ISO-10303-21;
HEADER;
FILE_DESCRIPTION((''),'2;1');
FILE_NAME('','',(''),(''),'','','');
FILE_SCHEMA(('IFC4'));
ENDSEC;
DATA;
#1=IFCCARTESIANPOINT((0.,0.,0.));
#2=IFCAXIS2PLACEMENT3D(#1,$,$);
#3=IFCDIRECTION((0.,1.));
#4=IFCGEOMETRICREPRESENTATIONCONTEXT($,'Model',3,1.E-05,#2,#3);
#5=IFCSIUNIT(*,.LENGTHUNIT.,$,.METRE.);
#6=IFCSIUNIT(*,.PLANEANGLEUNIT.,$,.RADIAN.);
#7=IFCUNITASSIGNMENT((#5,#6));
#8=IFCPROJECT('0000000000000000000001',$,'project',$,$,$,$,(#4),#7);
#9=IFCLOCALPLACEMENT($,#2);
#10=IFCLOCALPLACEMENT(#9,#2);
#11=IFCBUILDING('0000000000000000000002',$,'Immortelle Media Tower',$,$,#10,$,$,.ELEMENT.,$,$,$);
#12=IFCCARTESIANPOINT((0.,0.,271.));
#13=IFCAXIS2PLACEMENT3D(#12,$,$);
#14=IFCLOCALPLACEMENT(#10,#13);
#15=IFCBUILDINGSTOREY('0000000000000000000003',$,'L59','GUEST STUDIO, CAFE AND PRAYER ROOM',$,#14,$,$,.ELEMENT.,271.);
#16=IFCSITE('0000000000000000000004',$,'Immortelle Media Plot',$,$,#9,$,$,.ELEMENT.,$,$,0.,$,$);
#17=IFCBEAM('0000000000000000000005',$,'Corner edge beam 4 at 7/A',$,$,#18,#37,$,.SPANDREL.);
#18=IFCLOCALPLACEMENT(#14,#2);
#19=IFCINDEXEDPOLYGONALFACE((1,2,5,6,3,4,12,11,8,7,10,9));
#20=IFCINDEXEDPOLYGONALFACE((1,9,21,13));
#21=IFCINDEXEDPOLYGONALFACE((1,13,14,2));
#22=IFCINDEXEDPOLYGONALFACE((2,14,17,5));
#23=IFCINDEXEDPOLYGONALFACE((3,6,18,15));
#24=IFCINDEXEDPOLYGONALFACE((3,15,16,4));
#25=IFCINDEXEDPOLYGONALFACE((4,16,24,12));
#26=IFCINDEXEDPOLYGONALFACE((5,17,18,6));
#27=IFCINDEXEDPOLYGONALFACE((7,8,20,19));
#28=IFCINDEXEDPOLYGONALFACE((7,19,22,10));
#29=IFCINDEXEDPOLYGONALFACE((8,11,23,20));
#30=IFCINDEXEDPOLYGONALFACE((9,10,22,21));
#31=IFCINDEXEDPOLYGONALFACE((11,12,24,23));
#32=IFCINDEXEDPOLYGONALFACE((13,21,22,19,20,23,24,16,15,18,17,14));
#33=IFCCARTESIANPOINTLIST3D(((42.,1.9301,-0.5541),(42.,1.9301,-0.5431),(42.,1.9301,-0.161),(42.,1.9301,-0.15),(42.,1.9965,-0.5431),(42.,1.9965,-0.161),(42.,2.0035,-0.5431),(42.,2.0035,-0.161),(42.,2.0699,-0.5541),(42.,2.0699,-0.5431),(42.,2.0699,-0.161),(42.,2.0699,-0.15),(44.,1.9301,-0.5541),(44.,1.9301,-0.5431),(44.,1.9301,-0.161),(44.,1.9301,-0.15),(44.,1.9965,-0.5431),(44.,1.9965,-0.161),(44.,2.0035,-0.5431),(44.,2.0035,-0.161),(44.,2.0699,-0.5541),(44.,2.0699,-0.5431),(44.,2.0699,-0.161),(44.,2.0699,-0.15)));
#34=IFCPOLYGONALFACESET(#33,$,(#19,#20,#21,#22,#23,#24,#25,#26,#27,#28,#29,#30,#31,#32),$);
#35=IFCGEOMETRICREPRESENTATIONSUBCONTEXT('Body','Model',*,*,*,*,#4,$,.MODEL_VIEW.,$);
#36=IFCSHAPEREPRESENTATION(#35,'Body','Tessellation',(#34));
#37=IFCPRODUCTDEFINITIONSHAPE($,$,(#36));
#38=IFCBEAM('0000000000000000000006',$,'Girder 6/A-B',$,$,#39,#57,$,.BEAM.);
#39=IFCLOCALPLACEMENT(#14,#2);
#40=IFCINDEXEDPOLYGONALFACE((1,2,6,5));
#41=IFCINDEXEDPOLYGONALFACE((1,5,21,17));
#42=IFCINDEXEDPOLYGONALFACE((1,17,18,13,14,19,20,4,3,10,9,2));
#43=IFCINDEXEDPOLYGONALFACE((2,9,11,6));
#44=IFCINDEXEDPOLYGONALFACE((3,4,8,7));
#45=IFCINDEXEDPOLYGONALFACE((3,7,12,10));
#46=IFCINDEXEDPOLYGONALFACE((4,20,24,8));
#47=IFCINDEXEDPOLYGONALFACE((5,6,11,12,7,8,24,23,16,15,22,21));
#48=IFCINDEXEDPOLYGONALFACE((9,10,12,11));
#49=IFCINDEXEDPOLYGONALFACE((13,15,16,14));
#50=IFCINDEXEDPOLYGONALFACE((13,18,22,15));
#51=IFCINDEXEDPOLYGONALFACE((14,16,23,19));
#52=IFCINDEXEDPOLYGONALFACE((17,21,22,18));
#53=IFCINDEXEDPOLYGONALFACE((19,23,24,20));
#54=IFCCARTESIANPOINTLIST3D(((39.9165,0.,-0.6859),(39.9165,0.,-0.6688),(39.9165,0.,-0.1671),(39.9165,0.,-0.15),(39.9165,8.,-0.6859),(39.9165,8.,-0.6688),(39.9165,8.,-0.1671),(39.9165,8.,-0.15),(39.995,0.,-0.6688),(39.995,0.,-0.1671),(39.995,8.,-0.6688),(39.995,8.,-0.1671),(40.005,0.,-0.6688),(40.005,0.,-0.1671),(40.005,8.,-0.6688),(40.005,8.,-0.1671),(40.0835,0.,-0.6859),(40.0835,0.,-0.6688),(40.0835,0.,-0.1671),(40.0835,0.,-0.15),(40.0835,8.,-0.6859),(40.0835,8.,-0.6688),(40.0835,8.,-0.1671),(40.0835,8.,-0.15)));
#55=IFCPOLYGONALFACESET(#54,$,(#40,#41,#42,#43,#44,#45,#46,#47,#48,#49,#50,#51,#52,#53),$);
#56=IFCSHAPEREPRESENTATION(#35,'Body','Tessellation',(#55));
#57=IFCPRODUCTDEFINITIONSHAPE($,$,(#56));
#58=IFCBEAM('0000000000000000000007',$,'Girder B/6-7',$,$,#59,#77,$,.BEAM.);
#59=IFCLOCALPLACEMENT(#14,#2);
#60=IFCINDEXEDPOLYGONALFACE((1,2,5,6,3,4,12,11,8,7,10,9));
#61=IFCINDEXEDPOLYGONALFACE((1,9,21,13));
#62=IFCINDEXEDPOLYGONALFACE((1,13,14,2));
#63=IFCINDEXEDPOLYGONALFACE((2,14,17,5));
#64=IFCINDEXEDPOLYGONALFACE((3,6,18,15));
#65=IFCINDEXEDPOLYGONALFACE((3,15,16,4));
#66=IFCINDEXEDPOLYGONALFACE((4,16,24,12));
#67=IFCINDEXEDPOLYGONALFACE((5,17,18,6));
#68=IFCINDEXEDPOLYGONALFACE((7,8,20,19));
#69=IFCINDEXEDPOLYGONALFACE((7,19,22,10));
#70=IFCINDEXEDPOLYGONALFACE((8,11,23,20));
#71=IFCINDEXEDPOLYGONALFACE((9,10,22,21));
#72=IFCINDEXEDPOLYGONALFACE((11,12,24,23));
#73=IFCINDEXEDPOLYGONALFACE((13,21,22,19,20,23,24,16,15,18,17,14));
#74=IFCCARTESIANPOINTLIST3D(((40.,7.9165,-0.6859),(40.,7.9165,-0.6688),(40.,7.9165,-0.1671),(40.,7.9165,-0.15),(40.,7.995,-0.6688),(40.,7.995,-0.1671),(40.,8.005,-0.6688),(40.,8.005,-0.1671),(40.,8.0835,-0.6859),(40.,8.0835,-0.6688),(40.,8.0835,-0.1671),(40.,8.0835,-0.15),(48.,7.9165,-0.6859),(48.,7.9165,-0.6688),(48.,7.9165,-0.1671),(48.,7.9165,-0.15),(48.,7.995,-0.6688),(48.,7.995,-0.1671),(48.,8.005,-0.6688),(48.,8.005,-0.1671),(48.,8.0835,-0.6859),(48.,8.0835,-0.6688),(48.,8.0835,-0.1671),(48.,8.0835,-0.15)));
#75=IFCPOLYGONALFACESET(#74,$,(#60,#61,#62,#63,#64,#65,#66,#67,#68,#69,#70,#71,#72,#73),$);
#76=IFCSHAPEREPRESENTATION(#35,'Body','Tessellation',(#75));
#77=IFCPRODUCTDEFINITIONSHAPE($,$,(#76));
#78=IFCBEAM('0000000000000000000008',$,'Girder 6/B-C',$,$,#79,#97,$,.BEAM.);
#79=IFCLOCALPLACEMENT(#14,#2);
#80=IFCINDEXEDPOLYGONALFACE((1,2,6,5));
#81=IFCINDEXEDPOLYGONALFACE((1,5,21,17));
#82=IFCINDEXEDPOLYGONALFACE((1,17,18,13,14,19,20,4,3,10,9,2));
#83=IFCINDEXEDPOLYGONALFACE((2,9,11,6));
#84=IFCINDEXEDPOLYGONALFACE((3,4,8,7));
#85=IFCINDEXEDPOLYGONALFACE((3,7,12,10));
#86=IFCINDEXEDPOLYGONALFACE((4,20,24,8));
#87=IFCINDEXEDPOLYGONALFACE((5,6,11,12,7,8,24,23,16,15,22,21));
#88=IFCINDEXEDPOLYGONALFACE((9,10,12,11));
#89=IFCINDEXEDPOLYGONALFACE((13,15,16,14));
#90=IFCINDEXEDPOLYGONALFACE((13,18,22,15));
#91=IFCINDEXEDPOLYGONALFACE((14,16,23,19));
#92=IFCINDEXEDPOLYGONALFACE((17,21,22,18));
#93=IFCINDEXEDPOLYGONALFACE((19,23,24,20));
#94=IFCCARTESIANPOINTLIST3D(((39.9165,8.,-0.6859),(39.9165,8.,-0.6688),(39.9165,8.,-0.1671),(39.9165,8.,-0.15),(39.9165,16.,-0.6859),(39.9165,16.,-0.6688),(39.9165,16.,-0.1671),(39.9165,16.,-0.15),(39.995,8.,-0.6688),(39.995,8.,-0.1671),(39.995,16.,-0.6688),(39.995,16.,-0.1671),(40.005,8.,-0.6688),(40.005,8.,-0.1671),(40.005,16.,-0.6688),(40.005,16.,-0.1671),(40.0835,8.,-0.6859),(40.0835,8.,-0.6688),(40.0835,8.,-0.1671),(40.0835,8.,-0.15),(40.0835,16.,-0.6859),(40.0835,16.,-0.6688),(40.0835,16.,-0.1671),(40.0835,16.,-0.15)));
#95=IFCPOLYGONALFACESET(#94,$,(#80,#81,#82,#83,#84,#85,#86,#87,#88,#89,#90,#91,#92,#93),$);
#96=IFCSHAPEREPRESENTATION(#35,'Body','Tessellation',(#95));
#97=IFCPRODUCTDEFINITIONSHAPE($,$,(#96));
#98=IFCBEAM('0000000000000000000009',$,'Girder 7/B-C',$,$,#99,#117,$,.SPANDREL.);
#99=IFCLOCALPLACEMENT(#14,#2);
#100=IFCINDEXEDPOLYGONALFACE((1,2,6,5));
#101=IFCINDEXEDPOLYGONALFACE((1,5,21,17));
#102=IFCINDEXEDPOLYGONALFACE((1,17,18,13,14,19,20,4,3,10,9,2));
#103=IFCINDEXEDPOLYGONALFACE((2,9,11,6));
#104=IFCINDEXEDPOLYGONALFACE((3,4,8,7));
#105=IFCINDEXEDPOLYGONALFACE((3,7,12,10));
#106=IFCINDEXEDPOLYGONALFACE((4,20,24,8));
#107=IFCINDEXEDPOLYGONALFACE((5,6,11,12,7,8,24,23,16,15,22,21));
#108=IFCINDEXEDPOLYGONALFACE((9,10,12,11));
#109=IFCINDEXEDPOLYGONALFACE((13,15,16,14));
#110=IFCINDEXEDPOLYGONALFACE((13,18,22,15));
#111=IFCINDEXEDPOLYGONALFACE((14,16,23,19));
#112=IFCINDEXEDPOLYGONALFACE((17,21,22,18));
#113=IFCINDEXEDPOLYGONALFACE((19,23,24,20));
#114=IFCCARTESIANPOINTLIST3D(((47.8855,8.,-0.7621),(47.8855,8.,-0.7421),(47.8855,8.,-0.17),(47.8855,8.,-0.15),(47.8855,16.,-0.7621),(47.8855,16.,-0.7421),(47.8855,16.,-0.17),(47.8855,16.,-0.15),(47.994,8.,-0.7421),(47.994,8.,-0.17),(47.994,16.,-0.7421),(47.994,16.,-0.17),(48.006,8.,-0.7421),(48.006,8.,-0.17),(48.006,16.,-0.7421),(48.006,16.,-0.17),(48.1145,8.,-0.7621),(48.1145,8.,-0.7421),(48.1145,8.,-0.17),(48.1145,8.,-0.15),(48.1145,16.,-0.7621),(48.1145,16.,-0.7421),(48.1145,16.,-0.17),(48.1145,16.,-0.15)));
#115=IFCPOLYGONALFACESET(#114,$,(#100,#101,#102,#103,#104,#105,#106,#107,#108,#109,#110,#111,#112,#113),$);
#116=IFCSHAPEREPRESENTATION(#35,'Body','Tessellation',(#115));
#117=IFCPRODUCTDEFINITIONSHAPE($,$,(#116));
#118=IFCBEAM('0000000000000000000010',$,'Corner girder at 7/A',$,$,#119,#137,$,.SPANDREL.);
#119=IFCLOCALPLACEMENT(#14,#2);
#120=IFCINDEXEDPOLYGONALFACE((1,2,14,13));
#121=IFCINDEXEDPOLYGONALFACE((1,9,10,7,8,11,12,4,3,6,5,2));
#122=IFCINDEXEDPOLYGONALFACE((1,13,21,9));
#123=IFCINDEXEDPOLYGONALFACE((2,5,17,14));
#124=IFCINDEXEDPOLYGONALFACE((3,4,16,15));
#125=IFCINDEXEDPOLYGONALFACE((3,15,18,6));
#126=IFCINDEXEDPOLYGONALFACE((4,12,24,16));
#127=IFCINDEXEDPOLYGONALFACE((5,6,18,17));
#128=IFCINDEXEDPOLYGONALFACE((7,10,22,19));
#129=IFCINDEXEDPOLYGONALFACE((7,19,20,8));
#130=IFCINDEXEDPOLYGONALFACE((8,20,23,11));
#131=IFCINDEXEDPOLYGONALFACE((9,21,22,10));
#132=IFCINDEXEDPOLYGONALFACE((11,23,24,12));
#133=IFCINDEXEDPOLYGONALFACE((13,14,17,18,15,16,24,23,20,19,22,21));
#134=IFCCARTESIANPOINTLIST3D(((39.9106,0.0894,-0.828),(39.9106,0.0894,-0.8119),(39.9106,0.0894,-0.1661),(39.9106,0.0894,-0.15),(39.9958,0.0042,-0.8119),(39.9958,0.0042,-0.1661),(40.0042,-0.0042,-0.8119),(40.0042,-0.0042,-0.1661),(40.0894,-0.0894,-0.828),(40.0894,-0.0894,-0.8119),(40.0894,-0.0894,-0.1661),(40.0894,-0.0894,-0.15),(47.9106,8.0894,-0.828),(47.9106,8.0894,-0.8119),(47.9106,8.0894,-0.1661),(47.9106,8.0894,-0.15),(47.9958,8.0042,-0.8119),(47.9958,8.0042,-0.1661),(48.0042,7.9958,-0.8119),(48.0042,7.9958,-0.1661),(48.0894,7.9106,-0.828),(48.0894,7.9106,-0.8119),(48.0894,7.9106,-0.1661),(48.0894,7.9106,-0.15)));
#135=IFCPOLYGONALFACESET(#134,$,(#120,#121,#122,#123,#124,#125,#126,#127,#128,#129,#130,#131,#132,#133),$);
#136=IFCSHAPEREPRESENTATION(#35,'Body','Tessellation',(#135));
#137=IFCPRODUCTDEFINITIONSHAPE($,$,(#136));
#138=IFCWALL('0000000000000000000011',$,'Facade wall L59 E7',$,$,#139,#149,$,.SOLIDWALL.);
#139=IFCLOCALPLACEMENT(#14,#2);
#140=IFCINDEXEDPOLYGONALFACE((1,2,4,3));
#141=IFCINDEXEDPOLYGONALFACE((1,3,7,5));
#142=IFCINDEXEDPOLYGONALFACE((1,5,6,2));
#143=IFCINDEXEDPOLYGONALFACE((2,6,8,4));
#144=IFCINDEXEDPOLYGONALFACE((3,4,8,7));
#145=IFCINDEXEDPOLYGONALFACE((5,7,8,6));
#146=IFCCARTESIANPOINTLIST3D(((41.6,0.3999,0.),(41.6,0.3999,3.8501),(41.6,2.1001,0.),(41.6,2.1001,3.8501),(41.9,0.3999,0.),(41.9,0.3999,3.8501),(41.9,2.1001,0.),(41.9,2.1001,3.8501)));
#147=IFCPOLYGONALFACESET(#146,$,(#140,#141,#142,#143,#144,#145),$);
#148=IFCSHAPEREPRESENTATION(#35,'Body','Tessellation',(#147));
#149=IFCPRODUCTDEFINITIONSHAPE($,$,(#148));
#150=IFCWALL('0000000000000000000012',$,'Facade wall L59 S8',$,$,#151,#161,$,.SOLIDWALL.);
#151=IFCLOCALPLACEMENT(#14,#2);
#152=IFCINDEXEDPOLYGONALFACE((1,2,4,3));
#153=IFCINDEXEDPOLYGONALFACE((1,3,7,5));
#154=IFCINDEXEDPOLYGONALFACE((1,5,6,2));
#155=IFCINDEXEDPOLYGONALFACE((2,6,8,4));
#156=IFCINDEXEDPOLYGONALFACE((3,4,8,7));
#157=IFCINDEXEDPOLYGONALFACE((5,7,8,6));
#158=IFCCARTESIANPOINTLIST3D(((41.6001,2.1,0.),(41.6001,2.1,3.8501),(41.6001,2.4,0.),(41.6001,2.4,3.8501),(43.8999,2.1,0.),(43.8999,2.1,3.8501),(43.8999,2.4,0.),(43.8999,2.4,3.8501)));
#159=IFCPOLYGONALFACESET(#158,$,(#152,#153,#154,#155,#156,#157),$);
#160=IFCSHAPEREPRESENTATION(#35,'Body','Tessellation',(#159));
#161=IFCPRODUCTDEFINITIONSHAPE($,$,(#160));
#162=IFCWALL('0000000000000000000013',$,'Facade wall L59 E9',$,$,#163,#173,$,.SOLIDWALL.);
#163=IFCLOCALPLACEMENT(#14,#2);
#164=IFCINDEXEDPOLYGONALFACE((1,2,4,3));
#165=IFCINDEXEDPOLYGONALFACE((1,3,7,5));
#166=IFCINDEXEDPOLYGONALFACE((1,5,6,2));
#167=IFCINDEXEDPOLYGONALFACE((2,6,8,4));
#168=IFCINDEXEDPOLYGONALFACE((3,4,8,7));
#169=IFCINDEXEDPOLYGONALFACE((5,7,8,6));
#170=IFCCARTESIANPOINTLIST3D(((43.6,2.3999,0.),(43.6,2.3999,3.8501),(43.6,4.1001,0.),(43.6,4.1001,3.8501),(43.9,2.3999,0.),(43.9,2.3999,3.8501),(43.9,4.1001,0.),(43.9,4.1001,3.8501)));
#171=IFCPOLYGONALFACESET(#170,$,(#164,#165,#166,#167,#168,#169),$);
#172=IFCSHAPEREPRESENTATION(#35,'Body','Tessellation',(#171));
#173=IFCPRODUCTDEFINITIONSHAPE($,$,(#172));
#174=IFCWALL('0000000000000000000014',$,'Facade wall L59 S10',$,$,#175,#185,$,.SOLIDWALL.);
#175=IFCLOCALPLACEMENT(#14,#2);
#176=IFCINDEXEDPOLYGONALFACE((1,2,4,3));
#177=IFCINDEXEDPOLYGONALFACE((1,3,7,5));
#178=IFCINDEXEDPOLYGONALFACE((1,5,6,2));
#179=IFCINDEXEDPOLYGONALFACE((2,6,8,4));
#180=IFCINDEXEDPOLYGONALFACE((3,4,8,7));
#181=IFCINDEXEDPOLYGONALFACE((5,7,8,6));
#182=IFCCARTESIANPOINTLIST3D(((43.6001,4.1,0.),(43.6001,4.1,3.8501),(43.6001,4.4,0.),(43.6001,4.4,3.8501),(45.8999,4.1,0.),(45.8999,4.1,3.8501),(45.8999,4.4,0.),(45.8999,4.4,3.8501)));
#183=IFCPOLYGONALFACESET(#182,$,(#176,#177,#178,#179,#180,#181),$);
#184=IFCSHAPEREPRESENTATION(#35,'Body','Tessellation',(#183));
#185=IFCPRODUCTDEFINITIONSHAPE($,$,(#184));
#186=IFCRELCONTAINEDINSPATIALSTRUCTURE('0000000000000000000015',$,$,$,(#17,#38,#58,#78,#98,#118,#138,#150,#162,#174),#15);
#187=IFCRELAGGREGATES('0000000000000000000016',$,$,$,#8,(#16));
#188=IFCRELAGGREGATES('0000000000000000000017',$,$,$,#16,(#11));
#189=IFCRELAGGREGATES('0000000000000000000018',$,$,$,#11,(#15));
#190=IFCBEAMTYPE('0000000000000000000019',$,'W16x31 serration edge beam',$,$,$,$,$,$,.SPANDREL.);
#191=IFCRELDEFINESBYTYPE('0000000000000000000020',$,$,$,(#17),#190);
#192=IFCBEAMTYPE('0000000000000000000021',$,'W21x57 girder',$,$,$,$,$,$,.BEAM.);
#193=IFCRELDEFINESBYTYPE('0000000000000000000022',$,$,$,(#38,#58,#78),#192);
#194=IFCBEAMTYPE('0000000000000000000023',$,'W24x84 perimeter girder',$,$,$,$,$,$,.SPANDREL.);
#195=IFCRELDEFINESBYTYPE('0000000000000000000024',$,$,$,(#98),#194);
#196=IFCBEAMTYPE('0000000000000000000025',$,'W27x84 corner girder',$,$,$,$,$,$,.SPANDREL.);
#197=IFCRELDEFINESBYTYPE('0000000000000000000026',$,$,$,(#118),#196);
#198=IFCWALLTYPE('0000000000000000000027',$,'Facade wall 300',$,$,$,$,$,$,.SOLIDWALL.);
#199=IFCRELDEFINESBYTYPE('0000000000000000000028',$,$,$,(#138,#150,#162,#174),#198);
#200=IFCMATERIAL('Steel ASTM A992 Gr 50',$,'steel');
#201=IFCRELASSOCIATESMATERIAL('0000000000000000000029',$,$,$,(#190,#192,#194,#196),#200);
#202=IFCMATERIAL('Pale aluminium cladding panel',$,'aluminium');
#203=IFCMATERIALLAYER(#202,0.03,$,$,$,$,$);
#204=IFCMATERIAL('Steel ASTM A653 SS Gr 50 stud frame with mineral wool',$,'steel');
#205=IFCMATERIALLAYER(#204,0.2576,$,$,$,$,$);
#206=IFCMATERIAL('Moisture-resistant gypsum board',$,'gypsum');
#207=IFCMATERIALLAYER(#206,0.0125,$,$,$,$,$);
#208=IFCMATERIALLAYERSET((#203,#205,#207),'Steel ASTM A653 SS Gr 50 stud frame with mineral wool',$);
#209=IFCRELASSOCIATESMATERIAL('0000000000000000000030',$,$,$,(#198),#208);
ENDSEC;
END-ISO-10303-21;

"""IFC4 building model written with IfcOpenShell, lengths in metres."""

from ifc_helpers import new_model, si_unit, direction, frame, frame_2d, origin, origin_2d, place, context, subcontext, project, spatial, rectangle, i_section, extrude, material, layer, layer_set, material_profile, profile_set, type_object, element, save


model = new_model("IFC4")

# Units and contexts
model_context = context("Model", 3, precision=1e-05, world=origin(), true_north=direction((0.0, 1.0)))
body_context = subcontext(model_context, "Body", "Model", "MODEL_VIEW")
ifc_project = project(units=[si_unit("LENGTHUNIT", "METRE"), si_unit("PLANEANGLEUNIT", "RADIAN")], contexts=[model_context])

# Site, building, storey
site_placement = place(None, origin())
site = spatial("IfcSite", under=ifc_project, at=site_placement, Name="Immortelle Media Plot", CompositionType="ELEMENT", RefElevation=0.0)
building_placement = place(site_placement, origin())
building = spatial("IfcBuilding", under=site, at=building_placement, Name="Immortelle Media Tower", CompositionType="ELEMENT")
storey_placement = place(building_placement, frame((0.0, 0.0, 271.0)))
storey = spatial("IfcBuildingStorey", under=building, at=storey_placement, Name="L59", Description="GUEST STUDIO, CAFE AND PRAYER ROOM", CompositionType="ELEMENT", Elevation=271.0)

# Shared definitions
ifc_material_1 = material(Name="Steel ASTM A992 Gr 50", Category="steel")

# Beams
ifc_material_profile_1 = material_profile(ifc_material_1, i_section(OverallWidth=0.1399, OverallDepth=0.4041, WebThickness=0.0071, FlangeThickness=0.011, at=origin_2d()), Name="W16x31")
ifc_profile_set_1 = profile_set([ifc_material_profile_1], Name="Steel ASTM A992 Gr 50")
beam_type_1 = type_object("IfcBeamType", Name="W16x31 serration edge beam", PredefinedType="SPANDREL", material=ifc_profile_set_1)
for number, where, z_axis, x_axis, name in (
    (1, (44.0, 2.0, -0.3521), (-1.0, 0.0, 0.0), (0.0, -1.0, 0.0), "Corner edge beam 4 at 7/A"),
):
    element("IfcBeam", number, at=place(storey_placement, frame(where, z_axis=z_axis, x_axis=x_axis)), inside=storey, type_object=beam_type_1, Name=name, PredefinedType="SPANDREL", context=body_context, shape_type="SweptSolid", body=[
        extrude(i_section(OverallWidth=0.1399, OverallDepth=0.4041, WebThickness=0.0071, FlangeThickness=0.011, at=origin_2d()), origin(), (0.0, 0.0, 1.0), 2.0),
    ])
ifc_material_profile_2 = material_profile(ifc_material_1, i_section(OverallWidth=0.167, OverallDepth=0.5359, WebThickness=0.01, FlangeThickness=0.0171, at=origin_2d()), Name="W21x57")
ifc_profile_set_2 = profile_set([ifc_material_profile_2], Name="Steel ASTM A992 Gr 50")
beam_type_2 = type_object("IfcBeamType", Name="W21x57 girder", PredefinedType="BEAM", material=ifc_profile_set_2)
for number, where, z_axis, x_axis, name in (
    (2, (40.0, 0.0, -0.418), (0.0, 1.0, 0.0), (-1.0, 0.0, 0.0), "Girder 6/A-B"),
    (3, (40.0, 8.0, -0.418), (1.0, 0.0, 0.0), (0.0, 1.0, 0.0), "Girder B/6-7"),
    (4, (40.0, 8.0, -0.418), (0.0, 1.0, 0.0), (-1.0, 0.0, 0.0), "Girder 6/B-C"),
):
    element("IfcBeam", number, at=place(storey_placement, frame(where, z_axis=z_axis, x_axis=x_axis)), inside=storey, type_object=beam_type_2, Name=name, PredefinedType="BEAM", context=body_context, shape_type="SweptSolid", body=[
        extrude(i_section(OverallWidth=0.167, OverallDepth=0.5359, WebThickness=0.01, FlangeThickness=0.0171, at=origin_2d()), origin(), (0.0, 0.0, 1.0), 8.0),
    ])
ifc_material_profile_3 = material_profile(ifc_material_1, i_section(OverallWidth=0.229, OverallDepth=0.6121, WebThickness=0.012, FlangeThickness=0.02, at=origin_2d()), Name="W24x84")
ifc_profile_set_3 = profile_set([ifc_material_profile_3], Name="Steel ASTM A992 Gr 50")
beam_type_3 = type_object("IfcBeamType", Name="W24x84 perimeter girder", PredefinedType="SPANDREL", material=ifc_profile_set_3)
beam_1_placement = place(storey_placement, frame((48.0, 8.0, -0.4561), z_axis=(0.0, 1.0, 0.0), x_axis=(-1.0, 0.0, 0.0)))
element("IfcBeam", 5, at=beam_1_placement, inside=storey, type_object=beam_type_3, Name="Girder 7/B-C", PredefinedType="SPANDREL", context=body_context, shape_type="SweptSolid", body=[
    extrude(i_section(OverallWidth=0.229, OverallDepth=0.6121, WebThickness=0.012, FlangeThickness=0.02, at=origin_2d()), origin(), (0.0, 0.0, 1.0), 8.0),
])
ifc_material_profile_4 = material_profile(ifc_material_1, i_section(OverallWidth=0.2529, OverallDepth=0.678, WebThickness=0.012, FlangeThickness=0.0161, at=origin_2d()), Name="W27x84")
ifc_profile_set_4 = profile_set([ifc_material_profile_4], Name="Steel ASTM A992 Gr 50")
beam_type_4 = type_object("IfcBeamType", Name="W27x84 corner girder", PredefinedType="SPANDREL", material=ifc_profile_set_4)
beam_2_placement = place(storey_placement, frame((48.0, 8.0, -0.489), z_axis=(-0.707107, -0.707107, 0.0), x_axis=(0.707107, -0.707107, 0.0)))
element("IfcBeam", 6, at=beam_2_placement, inside=storey, type_object=beam_type_4, Name="Corner girder at 7/A", PredefinedType="SPANDREL", context=body_context, shape_type="SweptSolid", body=[
    extrude(i_section(OverallWidth=0.2529, OverallDepth=0.678, WebThickness=0.012, FlangeThickness=0.0161, at=origin_2d()), origin(), (0.0, 0.0, 1.0), 11.3137),
])

# Walls
ifc_material_2 = material(Name="Pale aluminium cladding panel", Category="aluminium")
ifc_layer_1 = layer(ifc_material_2, 0.03)
ifc_material_3 = material(Name="Steel ASTM A653 SS Gr 50 stud frame with mineral wool", Category="steel")
ifc_layer_2 = layer(ifc_material_3, 0.2576)
ifc_material_4 = material(Name="Moisture-resistant gypsum board", Category="gypsum")
ifc_layer_3 = layer(ifc_material_4, 0.0125)
ifc_layer_set_1 = layer_set([ifc_layer_1, ifc_layer_2, ifc_layer_3], Name="Steel ASTM A653 SS Gr 50 stud frame with mineral wool")
wall_type_1 = type_object("IfcWallType", Name="Facade wall 300", PredefinedType="SOLIDWALL", material=ifc_layer_set_1)
wall_1_placement = place(storey_placement, frame((41.75, 0.3999, 0.0), z_axis=(0.0, 0.0, 1.0), x_axis=(0.0, 1.0, 0.0)))
element("IfcWall", 7, at=wall_1_placement, inside=storey, type_object=wall_type_1, Name="Facade wall L59 E7", PredefinedType="SOLIDWALL", context=body_context, shape_type="SweptSolid", body=[
    extrude(rectangle(XDim=1.7002, YDim=0.3, at=frame_2d((0.8501, 0.0))), origin(), (0.0, 0.0, 1.0), 3.8501),
])
wall_2_placement = place(storey_placement, frame((41.6001, 2.25, 0.0), z_axis=(0.0, 0.0, 1.0), x_axis=(1.0, 0.0, 0.0)))
element("IfcWall", 8, at=wall_2_placement, inside=storey, type_object=wall_type_1, Name="Facade wall L59 S8", PredefinedType="SOLIDWALL", context=body_context, shape_type="SweptSolid", body=[
    extrude(rectangle(XDim=2.2998, YDim=0.3, at=frame_2d((1.1499, 0.0))), origin(), (0.0, 0.0, 1.0), 3.8501),
])
wall_3_placement = place(storey_placement, frame((43.75, 2.3999, 0.0), z_axis=(0.0, 0.0, 1.0), x_axis=(0.0, 1.0, 0.0)))
element("IfcWall", 9, at=wall_3_placement, inside=storey, type_object=wall_type_1, Name="Facade wall L59 E9", PredefinedType="SOLIDWALL", context=body_context, shape_type="SweptSolid", body=[
    extrude(rectangle(XDim=1.7002, YDim=0.3, at=frame_2d((0.8501, 0.0))), origin(), (0.0, 0.0, 1.0), 3.8501),
])
wall_4_placement = place(storey_placement, frame((43.6001, 4.25, 0.0), z_axis=(0.0, 0.0, 1.0), x_axis=(1.0, 0.0, 0.0)))
element("IfcWall", 10, at=wall_4_placement, inside=storey, type_object=wall_type_1, Name="Facade wall L59 S10", PredefinedType="SOLIDWALL", context=body_context, shape_type="SweptSolid", body=[
    extrude(rectangle(XDim=2.2998, YDim=0.3, at=frame_2d((1.1499, 0.0))), origin(), (0.0, 0.0, 1.0), 3.8501),
])

save(model, "model.ifc")
